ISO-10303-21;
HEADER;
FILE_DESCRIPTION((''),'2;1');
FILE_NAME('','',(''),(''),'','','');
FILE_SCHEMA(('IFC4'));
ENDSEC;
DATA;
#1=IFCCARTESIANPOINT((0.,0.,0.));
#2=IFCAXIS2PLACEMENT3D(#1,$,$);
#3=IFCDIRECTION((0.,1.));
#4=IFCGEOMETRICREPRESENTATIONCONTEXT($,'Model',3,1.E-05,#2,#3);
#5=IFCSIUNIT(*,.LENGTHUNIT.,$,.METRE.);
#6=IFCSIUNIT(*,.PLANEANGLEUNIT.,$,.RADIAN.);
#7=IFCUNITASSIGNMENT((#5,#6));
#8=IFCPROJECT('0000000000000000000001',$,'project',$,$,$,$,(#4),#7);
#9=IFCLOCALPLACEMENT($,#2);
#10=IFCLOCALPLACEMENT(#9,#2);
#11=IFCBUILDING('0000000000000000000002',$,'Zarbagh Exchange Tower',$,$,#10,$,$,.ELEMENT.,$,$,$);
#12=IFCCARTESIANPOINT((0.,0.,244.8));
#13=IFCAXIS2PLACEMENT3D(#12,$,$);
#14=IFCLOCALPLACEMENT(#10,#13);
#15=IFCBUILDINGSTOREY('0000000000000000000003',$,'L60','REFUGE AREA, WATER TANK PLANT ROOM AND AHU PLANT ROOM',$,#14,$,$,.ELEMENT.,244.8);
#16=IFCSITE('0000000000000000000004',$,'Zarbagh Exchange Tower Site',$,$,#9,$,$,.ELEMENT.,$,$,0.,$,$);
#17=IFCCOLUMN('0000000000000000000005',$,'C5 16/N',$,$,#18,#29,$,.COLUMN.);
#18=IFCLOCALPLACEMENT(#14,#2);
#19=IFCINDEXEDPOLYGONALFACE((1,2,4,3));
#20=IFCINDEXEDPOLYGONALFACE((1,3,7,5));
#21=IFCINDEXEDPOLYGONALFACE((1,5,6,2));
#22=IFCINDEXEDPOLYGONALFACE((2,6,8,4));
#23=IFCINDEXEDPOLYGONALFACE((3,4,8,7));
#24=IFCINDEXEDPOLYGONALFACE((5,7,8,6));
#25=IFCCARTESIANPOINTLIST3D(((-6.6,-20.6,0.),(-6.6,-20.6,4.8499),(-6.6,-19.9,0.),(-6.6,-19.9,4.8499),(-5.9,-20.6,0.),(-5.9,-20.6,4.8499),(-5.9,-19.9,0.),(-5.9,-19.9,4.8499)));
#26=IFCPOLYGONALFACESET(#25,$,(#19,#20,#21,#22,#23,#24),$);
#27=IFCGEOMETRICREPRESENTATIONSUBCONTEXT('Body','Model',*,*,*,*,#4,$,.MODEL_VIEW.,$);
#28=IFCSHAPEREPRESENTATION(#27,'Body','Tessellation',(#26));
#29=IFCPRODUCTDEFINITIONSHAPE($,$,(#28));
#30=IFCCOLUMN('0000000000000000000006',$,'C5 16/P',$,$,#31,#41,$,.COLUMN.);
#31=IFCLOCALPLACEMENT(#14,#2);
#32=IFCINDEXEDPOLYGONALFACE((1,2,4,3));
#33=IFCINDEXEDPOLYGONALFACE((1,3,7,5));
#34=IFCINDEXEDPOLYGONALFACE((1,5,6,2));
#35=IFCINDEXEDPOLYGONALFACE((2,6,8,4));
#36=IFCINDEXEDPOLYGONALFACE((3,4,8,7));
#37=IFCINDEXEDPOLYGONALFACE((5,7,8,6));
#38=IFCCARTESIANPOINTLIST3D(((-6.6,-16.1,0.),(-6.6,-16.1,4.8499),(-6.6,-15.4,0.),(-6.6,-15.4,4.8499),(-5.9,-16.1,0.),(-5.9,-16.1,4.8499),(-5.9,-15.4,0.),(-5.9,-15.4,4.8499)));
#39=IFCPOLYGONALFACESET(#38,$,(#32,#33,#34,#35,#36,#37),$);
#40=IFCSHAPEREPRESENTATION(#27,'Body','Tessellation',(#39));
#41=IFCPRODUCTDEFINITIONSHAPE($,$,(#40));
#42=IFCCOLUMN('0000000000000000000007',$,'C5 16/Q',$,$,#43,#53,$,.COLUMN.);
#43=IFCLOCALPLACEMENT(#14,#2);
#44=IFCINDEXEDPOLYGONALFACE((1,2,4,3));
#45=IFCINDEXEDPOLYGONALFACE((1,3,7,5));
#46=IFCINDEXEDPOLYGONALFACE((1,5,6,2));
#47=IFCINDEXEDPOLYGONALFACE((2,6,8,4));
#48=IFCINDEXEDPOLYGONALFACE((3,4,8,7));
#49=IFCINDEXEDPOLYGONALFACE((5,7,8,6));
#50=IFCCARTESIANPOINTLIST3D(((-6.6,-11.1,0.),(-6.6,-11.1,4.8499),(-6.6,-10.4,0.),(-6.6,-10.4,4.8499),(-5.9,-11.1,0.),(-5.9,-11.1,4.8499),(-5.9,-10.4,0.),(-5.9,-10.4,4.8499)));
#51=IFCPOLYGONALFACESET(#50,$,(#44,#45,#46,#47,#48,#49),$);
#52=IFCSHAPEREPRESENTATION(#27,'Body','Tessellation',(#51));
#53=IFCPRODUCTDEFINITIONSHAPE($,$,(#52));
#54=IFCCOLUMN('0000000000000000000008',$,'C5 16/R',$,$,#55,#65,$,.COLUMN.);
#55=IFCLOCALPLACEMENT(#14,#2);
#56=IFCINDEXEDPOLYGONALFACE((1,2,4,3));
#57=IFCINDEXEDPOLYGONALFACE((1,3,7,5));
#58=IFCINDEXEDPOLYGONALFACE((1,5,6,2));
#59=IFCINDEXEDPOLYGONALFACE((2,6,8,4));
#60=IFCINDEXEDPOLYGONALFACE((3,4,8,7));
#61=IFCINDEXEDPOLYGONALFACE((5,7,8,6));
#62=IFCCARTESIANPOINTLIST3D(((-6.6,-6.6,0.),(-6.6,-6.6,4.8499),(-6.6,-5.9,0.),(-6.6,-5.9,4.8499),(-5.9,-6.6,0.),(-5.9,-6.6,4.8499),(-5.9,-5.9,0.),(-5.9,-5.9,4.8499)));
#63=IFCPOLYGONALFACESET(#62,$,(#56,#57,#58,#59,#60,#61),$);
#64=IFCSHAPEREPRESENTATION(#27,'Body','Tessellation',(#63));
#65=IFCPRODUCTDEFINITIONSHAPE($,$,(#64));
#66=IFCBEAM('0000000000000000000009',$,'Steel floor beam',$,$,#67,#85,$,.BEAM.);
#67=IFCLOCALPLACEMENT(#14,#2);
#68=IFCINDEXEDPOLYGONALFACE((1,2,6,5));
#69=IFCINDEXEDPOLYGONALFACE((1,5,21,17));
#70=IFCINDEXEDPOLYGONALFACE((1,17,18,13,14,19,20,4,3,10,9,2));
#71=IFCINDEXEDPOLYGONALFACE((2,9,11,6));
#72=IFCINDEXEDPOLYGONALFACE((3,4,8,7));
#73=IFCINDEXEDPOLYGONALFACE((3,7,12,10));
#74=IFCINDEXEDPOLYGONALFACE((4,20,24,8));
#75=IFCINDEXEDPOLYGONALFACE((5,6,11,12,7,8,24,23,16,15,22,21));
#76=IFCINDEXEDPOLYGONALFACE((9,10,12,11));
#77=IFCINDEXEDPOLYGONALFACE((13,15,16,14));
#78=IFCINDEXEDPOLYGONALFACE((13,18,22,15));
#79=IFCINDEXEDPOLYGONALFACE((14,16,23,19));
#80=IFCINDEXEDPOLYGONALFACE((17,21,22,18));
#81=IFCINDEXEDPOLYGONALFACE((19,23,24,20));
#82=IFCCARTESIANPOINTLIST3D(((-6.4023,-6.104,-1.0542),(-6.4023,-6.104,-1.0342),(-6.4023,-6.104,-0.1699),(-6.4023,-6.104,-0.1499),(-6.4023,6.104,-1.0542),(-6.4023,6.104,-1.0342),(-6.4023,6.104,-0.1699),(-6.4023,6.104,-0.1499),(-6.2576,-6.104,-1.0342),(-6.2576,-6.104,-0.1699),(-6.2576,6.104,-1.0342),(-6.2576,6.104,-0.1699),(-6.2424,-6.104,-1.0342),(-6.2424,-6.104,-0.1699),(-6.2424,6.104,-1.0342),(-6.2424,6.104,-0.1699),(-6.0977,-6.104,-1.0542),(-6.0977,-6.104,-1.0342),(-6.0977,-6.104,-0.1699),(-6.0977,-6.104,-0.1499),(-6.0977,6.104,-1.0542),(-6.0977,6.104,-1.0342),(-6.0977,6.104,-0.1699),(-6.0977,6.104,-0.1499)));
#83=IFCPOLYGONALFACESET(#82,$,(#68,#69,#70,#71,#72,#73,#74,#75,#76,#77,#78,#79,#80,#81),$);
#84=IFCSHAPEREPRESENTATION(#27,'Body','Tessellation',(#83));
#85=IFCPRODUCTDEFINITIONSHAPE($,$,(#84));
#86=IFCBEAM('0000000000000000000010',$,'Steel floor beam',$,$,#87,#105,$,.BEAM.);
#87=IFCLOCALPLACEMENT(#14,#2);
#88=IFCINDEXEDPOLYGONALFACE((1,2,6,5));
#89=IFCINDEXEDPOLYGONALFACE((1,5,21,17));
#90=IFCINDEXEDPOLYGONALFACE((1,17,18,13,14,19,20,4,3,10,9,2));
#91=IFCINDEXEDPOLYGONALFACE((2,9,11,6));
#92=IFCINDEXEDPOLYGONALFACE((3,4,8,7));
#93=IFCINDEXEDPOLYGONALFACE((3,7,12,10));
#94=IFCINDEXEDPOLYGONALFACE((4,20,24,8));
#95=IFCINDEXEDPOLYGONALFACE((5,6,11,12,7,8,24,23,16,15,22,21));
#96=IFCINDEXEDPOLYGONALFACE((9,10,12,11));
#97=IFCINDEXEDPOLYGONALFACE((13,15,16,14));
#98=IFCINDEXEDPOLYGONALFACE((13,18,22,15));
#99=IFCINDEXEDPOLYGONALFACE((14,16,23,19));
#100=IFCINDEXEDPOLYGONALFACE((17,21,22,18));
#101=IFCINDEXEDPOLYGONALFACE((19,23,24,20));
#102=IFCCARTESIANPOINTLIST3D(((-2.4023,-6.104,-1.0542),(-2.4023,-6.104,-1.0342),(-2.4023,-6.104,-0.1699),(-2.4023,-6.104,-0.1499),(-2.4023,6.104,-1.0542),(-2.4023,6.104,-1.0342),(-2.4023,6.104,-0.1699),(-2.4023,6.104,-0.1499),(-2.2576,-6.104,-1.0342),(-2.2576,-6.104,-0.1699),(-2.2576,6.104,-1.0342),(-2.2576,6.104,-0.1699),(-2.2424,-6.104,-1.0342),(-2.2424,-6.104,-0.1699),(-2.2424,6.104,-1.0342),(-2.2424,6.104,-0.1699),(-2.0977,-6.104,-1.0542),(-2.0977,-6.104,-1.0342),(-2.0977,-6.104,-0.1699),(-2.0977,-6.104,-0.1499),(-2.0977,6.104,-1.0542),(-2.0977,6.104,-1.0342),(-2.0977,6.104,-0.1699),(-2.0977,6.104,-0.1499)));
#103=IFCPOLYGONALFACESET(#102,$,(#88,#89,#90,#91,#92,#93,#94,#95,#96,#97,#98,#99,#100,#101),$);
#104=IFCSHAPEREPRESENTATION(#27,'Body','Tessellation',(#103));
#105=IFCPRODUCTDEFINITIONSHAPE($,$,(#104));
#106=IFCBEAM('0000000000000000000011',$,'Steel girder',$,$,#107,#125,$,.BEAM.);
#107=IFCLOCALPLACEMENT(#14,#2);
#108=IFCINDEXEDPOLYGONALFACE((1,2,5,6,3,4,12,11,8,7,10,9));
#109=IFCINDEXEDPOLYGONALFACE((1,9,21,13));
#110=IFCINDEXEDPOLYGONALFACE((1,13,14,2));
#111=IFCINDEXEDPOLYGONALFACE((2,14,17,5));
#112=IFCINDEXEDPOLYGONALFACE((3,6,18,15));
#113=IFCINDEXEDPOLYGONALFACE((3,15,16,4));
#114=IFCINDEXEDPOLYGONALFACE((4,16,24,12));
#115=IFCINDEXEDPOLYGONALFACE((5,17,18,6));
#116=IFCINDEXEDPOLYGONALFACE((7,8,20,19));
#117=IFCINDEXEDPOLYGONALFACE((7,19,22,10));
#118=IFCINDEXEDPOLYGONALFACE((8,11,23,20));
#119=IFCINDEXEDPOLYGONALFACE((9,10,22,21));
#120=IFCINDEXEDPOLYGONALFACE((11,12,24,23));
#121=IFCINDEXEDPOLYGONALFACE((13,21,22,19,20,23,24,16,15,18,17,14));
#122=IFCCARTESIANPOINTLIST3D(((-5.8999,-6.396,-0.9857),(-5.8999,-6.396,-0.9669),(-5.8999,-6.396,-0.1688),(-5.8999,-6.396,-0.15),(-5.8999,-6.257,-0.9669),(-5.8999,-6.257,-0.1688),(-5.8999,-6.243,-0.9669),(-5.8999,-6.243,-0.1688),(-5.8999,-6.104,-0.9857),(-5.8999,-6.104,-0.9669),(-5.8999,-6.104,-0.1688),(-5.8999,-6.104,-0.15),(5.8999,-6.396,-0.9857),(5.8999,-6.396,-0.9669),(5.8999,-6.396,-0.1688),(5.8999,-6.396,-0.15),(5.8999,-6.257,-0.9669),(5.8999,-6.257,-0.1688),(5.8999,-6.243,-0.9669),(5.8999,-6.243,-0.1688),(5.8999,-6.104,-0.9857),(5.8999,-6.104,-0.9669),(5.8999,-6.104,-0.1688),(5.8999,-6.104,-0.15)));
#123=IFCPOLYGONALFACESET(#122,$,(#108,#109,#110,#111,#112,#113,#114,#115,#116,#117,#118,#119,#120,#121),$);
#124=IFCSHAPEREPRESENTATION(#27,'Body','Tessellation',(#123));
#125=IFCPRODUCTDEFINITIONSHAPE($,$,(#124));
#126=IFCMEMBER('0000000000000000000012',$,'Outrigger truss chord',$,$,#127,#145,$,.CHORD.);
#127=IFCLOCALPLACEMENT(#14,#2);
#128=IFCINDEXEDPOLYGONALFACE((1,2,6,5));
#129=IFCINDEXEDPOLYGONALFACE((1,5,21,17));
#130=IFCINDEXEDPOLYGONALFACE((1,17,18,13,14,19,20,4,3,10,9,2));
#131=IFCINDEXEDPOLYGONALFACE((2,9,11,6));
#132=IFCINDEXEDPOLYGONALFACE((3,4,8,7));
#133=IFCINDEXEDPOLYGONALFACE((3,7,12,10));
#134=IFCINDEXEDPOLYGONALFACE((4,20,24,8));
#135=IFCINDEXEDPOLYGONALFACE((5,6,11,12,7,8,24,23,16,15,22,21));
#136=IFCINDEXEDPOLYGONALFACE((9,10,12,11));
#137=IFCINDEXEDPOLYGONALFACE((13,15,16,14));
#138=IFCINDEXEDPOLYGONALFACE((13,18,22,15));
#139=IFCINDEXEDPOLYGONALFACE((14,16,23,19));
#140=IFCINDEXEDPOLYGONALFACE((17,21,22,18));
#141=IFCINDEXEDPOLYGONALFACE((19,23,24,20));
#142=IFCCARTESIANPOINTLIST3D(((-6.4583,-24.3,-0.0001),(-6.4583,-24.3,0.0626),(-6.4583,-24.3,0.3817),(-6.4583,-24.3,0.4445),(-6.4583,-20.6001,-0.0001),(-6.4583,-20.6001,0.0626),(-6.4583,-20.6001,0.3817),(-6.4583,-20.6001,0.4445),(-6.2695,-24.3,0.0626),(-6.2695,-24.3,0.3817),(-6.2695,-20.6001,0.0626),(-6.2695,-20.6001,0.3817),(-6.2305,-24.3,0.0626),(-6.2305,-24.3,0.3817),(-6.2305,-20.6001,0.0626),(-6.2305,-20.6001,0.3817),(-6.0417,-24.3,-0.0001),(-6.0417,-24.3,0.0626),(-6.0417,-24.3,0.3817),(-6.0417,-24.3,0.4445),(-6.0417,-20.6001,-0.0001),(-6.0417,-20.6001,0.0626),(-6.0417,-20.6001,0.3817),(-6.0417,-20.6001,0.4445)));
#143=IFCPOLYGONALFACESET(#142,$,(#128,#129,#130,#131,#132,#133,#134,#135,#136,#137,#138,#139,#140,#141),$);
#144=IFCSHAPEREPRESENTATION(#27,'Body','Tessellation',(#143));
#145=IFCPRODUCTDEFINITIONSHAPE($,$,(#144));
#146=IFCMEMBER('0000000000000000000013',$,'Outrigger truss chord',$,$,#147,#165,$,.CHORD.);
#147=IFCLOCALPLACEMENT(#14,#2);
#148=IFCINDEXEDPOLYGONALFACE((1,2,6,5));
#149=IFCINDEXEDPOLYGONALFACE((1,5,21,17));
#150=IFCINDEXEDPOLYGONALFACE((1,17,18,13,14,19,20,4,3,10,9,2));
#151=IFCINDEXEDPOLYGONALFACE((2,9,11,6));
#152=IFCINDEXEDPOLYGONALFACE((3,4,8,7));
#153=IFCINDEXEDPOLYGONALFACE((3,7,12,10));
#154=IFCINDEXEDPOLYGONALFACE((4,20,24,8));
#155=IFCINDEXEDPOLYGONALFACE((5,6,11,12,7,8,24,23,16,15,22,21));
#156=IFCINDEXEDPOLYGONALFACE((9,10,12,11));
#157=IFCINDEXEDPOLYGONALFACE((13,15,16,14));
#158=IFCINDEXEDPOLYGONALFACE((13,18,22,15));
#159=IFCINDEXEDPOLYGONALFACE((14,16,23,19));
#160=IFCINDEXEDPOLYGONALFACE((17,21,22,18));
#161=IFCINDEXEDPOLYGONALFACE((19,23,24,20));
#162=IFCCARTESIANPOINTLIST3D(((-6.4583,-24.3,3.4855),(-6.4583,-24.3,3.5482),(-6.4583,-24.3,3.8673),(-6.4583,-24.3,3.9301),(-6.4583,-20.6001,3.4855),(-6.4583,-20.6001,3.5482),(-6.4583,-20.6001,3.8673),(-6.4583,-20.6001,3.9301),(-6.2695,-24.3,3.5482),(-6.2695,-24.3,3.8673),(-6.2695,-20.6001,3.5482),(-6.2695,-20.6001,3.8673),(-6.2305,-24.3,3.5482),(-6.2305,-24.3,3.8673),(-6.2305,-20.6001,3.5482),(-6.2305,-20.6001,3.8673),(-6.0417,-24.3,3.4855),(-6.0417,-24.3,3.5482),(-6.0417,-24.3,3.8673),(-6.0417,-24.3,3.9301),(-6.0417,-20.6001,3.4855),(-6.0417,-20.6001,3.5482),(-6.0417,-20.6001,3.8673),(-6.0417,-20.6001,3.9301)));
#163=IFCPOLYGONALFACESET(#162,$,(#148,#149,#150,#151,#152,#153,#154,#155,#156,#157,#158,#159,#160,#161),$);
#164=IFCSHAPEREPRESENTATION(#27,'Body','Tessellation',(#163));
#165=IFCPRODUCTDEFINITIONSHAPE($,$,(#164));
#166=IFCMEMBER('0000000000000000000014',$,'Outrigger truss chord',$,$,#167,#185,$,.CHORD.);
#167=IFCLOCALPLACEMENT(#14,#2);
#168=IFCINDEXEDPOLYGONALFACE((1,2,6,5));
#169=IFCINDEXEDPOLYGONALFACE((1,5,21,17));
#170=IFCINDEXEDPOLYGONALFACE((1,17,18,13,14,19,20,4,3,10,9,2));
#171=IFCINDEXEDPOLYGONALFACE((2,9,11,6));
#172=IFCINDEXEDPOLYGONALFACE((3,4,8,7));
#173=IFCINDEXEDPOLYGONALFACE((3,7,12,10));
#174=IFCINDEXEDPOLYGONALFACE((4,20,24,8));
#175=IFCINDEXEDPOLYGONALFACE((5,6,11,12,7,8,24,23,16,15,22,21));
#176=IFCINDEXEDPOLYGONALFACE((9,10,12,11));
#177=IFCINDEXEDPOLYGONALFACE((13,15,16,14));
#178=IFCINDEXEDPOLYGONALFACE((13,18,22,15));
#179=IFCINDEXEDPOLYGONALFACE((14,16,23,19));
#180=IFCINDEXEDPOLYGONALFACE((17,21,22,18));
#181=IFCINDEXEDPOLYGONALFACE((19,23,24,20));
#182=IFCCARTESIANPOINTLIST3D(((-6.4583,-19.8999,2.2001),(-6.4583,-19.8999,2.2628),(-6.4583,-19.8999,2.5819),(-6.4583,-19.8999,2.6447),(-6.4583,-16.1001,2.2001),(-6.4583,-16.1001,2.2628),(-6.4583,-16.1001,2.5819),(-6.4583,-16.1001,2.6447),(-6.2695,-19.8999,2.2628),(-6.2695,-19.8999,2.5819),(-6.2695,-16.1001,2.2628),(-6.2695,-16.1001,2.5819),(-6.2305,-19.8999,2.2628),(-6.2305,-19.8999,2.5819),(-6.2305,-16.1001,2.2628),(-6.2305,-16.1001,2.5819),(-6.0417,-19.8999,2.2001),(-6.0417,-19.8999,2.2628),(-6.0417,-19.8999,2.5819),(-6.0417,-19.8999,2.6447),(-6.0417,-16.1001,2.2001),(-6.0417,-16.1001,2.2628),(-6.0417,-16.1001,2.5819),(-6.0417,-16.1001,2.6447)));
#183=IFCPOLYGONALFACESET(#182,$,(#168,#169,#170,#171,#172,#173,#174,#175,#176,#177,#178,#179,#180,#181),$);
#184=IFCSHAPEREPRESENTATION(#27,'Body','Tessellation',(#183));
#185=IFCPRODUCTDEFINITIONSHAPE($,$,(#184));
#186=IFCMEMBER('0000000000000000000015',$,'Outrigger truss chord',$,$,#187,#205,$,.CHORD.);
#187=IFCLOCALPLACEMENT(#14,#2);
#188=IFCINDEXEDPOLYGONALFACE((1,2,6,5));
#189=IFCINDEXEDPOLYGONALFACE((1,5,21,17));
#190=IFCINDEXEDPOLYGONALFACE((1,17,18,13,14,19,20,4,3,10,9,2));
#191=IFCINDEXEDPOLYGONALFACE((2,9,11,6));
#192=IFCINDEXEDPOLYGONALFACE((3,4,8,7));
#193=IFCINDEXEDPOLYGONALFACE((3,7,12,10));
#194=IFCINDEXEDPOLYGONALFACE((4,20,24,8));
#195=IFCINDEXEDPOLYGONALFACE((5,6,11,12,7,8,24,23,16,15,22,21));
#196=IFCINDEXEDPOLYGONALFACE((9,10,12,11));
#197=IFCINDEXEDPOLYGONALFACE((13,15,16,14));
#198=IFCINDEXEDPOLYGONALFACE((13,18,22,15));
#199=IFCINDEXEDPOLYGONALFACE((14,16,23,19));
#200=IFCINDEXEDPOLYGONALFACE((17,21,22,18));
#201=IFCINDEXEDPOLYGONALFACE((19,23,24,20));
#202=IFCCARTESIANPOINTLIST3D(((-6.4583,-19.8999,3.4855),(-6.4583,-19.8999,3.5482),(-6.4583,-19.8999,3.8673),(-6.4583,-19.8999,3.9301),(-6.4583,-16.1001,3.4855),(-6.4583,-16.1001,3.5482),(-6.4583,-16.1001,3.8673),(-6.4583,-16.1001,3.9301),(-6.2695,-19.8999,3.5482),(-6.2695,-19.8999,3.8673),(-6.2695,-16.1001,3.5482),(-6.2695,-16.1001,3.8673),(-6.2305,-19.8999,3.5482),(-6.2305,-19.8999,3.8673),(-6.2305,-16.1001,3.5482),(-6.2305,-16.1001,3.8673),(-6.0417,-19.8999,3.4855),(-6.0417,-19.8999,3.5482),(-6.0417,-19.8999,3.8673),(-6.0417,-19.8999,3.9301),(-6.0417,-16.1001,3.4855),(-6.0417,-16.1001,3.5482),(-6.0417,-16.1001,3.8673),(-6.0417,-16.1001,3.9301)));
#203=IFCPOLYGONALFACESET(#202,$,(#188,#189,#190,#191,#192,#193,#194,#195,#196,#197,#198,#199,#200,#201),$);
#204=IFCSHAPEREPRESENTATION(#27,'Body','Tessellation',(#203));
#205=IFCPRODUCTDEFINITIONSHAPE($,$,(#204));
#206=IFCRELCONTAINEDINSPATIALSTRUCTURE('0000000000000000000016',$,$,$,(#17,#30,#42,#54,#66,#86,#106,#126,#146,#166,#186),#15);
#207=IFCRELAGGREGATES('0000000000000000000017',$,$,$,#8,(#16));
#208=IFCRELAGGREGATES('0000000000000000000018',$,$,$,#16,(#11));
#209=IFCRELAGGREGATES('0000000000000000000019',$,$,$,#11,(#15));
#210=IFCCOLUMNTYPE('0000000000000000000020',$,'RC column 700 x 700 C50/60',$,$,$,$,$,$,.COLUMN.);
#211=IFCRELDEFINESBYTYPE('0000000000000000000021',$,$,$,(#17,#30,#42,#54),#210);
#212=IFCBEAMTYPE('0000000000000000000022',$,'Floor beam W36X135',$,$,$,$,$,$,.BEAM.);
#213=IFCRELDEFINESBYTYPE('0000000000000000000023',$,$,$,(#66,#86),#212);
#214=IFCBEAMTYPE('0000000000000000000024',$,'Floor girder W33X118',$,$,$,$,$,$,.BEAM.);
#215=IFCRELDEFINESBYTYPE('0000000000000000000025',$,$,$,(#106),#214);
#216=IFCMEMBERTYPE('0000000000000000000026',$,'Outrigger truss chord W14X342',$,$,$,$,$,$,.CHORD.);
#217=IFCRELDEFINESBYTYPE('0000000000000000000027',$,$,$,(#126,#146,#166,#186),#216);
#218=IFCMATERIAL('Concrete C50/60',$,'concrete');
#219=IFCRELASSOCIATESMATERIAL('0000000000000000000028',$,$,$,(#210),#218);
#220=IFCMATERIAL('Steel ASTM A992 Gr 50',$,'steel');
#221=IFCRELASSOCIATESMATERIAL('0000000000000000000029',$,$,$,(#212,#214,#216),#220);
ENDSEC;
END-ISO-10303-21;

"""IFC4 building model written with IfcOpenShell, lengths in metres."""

from ifc_helpers import new_model, si_unit, direction, frame, origin, origin_2d, place, context, subcontext, project, spatial, rectangle, i_section, extrude, material, material_profile, profile_set, type_object, element, save


model = new_model("IFC4")

# Units and contexts
model_context = context("Model", 3, precision=1e-05, world=origin(), true_north=direction((0.0, 1.0)))
body_context = subcontext(model_context, "Body", "Model", "MODEL_VIEW")
ifc_project = project(units=[si_unit("LENGTHUNIT", "METRE"), si_unit("PLANEANGLEUNIT", "RADIAN")], contexts=[model_context])

# Site, building, storey
site_placement = place(None, origin())
site = spatial("IfcSite", under=ifc_project, at=site_placement, Name="Zarbagh Exchange Tower Site", CompositionType="ELEMENT", RefElevation=0.0)
building_placement = place(site_placement, origin())
building = spatial("IfcBuilding", under=site, at=building_placement, Name="Zarbagh Exchange Tower", CompositionType="ELEMENT")
storey_placement = place(building_placement, frame((0.0, 0.0, 244.8)))
storey = spatial("IfcBuildingStorey", under=building, at=storey_placement, Name="L60", Description="REFUGE AREA, WATER TANK PLANT ROOM AND AHU PLANT ROOM", CompositionType="ELEMENT", Elevation=244.8)

# Columns
ifc_material_1 = material(Name="Concrete C50/60", Category="concrete")
ifc_material_profile_1 = material_profile(ifc_material_1, rectangle(XDim=0.7, YDim=0.7, at=origin_2d()), Name="RC column 700 x 700 C50/60")
ifc_profile_set_1 = profile_set([ifc_material_profile_1], Name="Concrete C50/60")
column_type = type_object("IfcColumnType", Name="RC column 700 x 700 C50/60", PredefinedType="COLUMN", material=ifc_profile_set_1)
for number, where, z_axis, x_axis, name in (
    (1, (-6.25, -20.25, 0.0), (0.0, 0.0, 1.0), (1.0, 0.0, 0.0), "C5 16/N"),
    (2, (-6.25, -15.75, 0.0), (0.0, 0.0, 1.0), (1.0, 0.0, 0.0), "C5 16/P"),
    (3, (-6.25, -10.75, 0.0), (0.0, 0.0, 1.0), (1.0, 0.0, 0.0), "C5 16/Q"),
    (4, (-6.25, -6.25, 0.0), (0.0, 0.0, 1.0), (1.0, 0.0, 0.0), "C5 16/R"),
):
    element("IfcColumn", number, at=place(storey_placement, frame(where, z_axis=z_axis, x_axis=x_axis)), inside=storey, type_object=column_type, Name=name, PredefinedType="COLUMN", context=body_context, shape_type="SweptSolid", body=[
        extrude(rectangle(XDim=0.7, YDim=0.7, at=origin_2d()), origin(), (0.0, 0.0, 1.0), 4.8499),
    ])

# Beams
ifc_material_2 = material(Name="Steel ASTM A992 Gr 50", Category="steel")
ifc_material_profile_2 = material_profile(ifc_material_2, i_section(OverallWidth=0.3047, OverallDepth=0.9043, WebThickness=0.0151, FlangeThickness=0.02, at=origin_2d()), Name="W36X135")
ifc_profile_set_2 = profile_set([ifc_material_profile_2], Name="Steel ASTM A992 Gr 50")
beam_type_1 = type_object("IfcBeamType", Name="Floor beam W36X135", PredefinedType="BEAM", material=ifc_profile_set_2)
for number, where, z_axis, x_axis, name in (
    (5, (-6.25, -6.104, -0.6021), (0.0, 1.0, 0.0), (-1.0, 0.0, 0.0), "Steel floor beam"),
    (6, (-2.25, -6.104, -0.6021), (0.0, 1.0, 0.0), (-1.0, 0.0, 0.0), "Steel floor beam"),
):
    element("IfcBeam", number, at=place(storey_placement, frame(where, z_axis=z_axis, x_axis=x_axis)), inside=storey, type_object=beam_type_1, Name=name, PredefinedType="BEAM", context=body_context, shape_type="SweptSolid", body=[
        extrude(i_section(OverallWidth=0.3047, OverallDepth=0.9043, WebThickness=0.0151, FlangeThickness=0.02, at=origin_2d()), origin(), (0.0, 0.0, 1.0), 12.208),
    ])
ifc_material_profile_3 = material_profile(ifc_material_2, i_section(OverallWidth=0.292, OverallDepth=0.8357, WebThickness=0.0139, FlangeThickness=0.0188, at=origin_2d()), Name="W33X118")
ifc_profile_set_3 = profile_set([ifc_material_profile_3], Name="Steel ASTM A992 Gr 50")
beam_type_2 = type_object("IfcBeamType", Name="Floor girder W33X118", PredefinedType="BEAM", material=ifc_profile_set_3)
beam_1_placement = place(storey_placement, frame((-5.8999, -6.25, -0.5679), z_axis=(1.0, 0.0, 0.0), x_axis=(0.0, 1.0, 0.0)))
element("IfcBeam", 7, at=beam_1_placement, inside=storey, type_object=beam_type_2, Name="Steel girder", PredefinedType="BEAM", context=body_context, shape_type="SweptSolid", body=[
    extrude(i_section(OverallWidth=0.292, OverallDepth=0.8357, WebThickness=0.0139, FlangeThickness=0.0188, at=origin_2d()), origin(), (0.0, 0.0, 1.0), 11.7998),
])

# Members
ifc_material_profile_4 = material_profile(ifc_material_2, i_section(OverallWidth=0.4165, OverallDepth=0.4446, WebThickness=0.0391, FlangeThickness=0.0627, at=origin_2d()), Name="W14X342")
ifc_profile_set_4 = profile_set([ifc_material_profile_4], Name="Steel ASTM A992 Gr 50")
member_type_1 = type_object("IfcMemberType", Name="Outrigger truss chord W14X342", PredefinedType="CHORD", material=ifc_profile_set_4)
for number, where, z_axis, x_axis, name in (
    (8, (-6.25, -24.3, 0.2222), (0.0, 1.0, 0.0), (-1.0, 0.0, 0.0), "Outrigger truss chord"),
    (9, (-6.25, -24.3, 3.7078), (0.0, 1.0, 0.0), (-1.0, 0.0, 0.0), "Outrigger truss chord"),
):
    element("IfcMember", number, at=place(storey_placement, frame(where, z_axis=z_axis, x_axis=x_axis)), inside=storey, type_object=member_type_1, Name=name, PredefinedType="CHORD", context=body_context, shape_type="SweptSolid", body=[
        extrude(i_section(OverallWidth=0.4165, OverallDepth=0.4446, WebThickness=0.0391, FlangeThickness=0.0627, at=origin_2d()), origin(), (0.0, 0.0, 1.0), 3.7),
    ])
for number, where, z_axis, x_axis, name in (
    (10, (-6.25, -19.8999, 2.4224), (0.0, 1.0, 0.0), (-1.0, 0.0, 0.0), "Outrigger truss chord"),
    (11, (-6.25, -19.8999, 3.7078), (0.0, 1.0, 0.0), (-1.0, 0.0, 0.0), "Outrigger truss chord"),
):
    element("IfcMember", number, at=place(storey_placement, frame(where, z_axis=z_axis, x_axis=x_axis)), inside=storey, type_object=member_type_1, Name=name, PredefinedType="CHORD", context=body_context, shape_type="SweptSolid", body=[
        extrude(i_section(OverallWidth=0.4165, OverallDepth=0.4446, WebThickness=0.0391, FlangeThickness=0.0627, at=origin_2d()), origin(), (0.0, 0.0, 1.0), 3.7998),
    ])

save(model, "model.ifc")
